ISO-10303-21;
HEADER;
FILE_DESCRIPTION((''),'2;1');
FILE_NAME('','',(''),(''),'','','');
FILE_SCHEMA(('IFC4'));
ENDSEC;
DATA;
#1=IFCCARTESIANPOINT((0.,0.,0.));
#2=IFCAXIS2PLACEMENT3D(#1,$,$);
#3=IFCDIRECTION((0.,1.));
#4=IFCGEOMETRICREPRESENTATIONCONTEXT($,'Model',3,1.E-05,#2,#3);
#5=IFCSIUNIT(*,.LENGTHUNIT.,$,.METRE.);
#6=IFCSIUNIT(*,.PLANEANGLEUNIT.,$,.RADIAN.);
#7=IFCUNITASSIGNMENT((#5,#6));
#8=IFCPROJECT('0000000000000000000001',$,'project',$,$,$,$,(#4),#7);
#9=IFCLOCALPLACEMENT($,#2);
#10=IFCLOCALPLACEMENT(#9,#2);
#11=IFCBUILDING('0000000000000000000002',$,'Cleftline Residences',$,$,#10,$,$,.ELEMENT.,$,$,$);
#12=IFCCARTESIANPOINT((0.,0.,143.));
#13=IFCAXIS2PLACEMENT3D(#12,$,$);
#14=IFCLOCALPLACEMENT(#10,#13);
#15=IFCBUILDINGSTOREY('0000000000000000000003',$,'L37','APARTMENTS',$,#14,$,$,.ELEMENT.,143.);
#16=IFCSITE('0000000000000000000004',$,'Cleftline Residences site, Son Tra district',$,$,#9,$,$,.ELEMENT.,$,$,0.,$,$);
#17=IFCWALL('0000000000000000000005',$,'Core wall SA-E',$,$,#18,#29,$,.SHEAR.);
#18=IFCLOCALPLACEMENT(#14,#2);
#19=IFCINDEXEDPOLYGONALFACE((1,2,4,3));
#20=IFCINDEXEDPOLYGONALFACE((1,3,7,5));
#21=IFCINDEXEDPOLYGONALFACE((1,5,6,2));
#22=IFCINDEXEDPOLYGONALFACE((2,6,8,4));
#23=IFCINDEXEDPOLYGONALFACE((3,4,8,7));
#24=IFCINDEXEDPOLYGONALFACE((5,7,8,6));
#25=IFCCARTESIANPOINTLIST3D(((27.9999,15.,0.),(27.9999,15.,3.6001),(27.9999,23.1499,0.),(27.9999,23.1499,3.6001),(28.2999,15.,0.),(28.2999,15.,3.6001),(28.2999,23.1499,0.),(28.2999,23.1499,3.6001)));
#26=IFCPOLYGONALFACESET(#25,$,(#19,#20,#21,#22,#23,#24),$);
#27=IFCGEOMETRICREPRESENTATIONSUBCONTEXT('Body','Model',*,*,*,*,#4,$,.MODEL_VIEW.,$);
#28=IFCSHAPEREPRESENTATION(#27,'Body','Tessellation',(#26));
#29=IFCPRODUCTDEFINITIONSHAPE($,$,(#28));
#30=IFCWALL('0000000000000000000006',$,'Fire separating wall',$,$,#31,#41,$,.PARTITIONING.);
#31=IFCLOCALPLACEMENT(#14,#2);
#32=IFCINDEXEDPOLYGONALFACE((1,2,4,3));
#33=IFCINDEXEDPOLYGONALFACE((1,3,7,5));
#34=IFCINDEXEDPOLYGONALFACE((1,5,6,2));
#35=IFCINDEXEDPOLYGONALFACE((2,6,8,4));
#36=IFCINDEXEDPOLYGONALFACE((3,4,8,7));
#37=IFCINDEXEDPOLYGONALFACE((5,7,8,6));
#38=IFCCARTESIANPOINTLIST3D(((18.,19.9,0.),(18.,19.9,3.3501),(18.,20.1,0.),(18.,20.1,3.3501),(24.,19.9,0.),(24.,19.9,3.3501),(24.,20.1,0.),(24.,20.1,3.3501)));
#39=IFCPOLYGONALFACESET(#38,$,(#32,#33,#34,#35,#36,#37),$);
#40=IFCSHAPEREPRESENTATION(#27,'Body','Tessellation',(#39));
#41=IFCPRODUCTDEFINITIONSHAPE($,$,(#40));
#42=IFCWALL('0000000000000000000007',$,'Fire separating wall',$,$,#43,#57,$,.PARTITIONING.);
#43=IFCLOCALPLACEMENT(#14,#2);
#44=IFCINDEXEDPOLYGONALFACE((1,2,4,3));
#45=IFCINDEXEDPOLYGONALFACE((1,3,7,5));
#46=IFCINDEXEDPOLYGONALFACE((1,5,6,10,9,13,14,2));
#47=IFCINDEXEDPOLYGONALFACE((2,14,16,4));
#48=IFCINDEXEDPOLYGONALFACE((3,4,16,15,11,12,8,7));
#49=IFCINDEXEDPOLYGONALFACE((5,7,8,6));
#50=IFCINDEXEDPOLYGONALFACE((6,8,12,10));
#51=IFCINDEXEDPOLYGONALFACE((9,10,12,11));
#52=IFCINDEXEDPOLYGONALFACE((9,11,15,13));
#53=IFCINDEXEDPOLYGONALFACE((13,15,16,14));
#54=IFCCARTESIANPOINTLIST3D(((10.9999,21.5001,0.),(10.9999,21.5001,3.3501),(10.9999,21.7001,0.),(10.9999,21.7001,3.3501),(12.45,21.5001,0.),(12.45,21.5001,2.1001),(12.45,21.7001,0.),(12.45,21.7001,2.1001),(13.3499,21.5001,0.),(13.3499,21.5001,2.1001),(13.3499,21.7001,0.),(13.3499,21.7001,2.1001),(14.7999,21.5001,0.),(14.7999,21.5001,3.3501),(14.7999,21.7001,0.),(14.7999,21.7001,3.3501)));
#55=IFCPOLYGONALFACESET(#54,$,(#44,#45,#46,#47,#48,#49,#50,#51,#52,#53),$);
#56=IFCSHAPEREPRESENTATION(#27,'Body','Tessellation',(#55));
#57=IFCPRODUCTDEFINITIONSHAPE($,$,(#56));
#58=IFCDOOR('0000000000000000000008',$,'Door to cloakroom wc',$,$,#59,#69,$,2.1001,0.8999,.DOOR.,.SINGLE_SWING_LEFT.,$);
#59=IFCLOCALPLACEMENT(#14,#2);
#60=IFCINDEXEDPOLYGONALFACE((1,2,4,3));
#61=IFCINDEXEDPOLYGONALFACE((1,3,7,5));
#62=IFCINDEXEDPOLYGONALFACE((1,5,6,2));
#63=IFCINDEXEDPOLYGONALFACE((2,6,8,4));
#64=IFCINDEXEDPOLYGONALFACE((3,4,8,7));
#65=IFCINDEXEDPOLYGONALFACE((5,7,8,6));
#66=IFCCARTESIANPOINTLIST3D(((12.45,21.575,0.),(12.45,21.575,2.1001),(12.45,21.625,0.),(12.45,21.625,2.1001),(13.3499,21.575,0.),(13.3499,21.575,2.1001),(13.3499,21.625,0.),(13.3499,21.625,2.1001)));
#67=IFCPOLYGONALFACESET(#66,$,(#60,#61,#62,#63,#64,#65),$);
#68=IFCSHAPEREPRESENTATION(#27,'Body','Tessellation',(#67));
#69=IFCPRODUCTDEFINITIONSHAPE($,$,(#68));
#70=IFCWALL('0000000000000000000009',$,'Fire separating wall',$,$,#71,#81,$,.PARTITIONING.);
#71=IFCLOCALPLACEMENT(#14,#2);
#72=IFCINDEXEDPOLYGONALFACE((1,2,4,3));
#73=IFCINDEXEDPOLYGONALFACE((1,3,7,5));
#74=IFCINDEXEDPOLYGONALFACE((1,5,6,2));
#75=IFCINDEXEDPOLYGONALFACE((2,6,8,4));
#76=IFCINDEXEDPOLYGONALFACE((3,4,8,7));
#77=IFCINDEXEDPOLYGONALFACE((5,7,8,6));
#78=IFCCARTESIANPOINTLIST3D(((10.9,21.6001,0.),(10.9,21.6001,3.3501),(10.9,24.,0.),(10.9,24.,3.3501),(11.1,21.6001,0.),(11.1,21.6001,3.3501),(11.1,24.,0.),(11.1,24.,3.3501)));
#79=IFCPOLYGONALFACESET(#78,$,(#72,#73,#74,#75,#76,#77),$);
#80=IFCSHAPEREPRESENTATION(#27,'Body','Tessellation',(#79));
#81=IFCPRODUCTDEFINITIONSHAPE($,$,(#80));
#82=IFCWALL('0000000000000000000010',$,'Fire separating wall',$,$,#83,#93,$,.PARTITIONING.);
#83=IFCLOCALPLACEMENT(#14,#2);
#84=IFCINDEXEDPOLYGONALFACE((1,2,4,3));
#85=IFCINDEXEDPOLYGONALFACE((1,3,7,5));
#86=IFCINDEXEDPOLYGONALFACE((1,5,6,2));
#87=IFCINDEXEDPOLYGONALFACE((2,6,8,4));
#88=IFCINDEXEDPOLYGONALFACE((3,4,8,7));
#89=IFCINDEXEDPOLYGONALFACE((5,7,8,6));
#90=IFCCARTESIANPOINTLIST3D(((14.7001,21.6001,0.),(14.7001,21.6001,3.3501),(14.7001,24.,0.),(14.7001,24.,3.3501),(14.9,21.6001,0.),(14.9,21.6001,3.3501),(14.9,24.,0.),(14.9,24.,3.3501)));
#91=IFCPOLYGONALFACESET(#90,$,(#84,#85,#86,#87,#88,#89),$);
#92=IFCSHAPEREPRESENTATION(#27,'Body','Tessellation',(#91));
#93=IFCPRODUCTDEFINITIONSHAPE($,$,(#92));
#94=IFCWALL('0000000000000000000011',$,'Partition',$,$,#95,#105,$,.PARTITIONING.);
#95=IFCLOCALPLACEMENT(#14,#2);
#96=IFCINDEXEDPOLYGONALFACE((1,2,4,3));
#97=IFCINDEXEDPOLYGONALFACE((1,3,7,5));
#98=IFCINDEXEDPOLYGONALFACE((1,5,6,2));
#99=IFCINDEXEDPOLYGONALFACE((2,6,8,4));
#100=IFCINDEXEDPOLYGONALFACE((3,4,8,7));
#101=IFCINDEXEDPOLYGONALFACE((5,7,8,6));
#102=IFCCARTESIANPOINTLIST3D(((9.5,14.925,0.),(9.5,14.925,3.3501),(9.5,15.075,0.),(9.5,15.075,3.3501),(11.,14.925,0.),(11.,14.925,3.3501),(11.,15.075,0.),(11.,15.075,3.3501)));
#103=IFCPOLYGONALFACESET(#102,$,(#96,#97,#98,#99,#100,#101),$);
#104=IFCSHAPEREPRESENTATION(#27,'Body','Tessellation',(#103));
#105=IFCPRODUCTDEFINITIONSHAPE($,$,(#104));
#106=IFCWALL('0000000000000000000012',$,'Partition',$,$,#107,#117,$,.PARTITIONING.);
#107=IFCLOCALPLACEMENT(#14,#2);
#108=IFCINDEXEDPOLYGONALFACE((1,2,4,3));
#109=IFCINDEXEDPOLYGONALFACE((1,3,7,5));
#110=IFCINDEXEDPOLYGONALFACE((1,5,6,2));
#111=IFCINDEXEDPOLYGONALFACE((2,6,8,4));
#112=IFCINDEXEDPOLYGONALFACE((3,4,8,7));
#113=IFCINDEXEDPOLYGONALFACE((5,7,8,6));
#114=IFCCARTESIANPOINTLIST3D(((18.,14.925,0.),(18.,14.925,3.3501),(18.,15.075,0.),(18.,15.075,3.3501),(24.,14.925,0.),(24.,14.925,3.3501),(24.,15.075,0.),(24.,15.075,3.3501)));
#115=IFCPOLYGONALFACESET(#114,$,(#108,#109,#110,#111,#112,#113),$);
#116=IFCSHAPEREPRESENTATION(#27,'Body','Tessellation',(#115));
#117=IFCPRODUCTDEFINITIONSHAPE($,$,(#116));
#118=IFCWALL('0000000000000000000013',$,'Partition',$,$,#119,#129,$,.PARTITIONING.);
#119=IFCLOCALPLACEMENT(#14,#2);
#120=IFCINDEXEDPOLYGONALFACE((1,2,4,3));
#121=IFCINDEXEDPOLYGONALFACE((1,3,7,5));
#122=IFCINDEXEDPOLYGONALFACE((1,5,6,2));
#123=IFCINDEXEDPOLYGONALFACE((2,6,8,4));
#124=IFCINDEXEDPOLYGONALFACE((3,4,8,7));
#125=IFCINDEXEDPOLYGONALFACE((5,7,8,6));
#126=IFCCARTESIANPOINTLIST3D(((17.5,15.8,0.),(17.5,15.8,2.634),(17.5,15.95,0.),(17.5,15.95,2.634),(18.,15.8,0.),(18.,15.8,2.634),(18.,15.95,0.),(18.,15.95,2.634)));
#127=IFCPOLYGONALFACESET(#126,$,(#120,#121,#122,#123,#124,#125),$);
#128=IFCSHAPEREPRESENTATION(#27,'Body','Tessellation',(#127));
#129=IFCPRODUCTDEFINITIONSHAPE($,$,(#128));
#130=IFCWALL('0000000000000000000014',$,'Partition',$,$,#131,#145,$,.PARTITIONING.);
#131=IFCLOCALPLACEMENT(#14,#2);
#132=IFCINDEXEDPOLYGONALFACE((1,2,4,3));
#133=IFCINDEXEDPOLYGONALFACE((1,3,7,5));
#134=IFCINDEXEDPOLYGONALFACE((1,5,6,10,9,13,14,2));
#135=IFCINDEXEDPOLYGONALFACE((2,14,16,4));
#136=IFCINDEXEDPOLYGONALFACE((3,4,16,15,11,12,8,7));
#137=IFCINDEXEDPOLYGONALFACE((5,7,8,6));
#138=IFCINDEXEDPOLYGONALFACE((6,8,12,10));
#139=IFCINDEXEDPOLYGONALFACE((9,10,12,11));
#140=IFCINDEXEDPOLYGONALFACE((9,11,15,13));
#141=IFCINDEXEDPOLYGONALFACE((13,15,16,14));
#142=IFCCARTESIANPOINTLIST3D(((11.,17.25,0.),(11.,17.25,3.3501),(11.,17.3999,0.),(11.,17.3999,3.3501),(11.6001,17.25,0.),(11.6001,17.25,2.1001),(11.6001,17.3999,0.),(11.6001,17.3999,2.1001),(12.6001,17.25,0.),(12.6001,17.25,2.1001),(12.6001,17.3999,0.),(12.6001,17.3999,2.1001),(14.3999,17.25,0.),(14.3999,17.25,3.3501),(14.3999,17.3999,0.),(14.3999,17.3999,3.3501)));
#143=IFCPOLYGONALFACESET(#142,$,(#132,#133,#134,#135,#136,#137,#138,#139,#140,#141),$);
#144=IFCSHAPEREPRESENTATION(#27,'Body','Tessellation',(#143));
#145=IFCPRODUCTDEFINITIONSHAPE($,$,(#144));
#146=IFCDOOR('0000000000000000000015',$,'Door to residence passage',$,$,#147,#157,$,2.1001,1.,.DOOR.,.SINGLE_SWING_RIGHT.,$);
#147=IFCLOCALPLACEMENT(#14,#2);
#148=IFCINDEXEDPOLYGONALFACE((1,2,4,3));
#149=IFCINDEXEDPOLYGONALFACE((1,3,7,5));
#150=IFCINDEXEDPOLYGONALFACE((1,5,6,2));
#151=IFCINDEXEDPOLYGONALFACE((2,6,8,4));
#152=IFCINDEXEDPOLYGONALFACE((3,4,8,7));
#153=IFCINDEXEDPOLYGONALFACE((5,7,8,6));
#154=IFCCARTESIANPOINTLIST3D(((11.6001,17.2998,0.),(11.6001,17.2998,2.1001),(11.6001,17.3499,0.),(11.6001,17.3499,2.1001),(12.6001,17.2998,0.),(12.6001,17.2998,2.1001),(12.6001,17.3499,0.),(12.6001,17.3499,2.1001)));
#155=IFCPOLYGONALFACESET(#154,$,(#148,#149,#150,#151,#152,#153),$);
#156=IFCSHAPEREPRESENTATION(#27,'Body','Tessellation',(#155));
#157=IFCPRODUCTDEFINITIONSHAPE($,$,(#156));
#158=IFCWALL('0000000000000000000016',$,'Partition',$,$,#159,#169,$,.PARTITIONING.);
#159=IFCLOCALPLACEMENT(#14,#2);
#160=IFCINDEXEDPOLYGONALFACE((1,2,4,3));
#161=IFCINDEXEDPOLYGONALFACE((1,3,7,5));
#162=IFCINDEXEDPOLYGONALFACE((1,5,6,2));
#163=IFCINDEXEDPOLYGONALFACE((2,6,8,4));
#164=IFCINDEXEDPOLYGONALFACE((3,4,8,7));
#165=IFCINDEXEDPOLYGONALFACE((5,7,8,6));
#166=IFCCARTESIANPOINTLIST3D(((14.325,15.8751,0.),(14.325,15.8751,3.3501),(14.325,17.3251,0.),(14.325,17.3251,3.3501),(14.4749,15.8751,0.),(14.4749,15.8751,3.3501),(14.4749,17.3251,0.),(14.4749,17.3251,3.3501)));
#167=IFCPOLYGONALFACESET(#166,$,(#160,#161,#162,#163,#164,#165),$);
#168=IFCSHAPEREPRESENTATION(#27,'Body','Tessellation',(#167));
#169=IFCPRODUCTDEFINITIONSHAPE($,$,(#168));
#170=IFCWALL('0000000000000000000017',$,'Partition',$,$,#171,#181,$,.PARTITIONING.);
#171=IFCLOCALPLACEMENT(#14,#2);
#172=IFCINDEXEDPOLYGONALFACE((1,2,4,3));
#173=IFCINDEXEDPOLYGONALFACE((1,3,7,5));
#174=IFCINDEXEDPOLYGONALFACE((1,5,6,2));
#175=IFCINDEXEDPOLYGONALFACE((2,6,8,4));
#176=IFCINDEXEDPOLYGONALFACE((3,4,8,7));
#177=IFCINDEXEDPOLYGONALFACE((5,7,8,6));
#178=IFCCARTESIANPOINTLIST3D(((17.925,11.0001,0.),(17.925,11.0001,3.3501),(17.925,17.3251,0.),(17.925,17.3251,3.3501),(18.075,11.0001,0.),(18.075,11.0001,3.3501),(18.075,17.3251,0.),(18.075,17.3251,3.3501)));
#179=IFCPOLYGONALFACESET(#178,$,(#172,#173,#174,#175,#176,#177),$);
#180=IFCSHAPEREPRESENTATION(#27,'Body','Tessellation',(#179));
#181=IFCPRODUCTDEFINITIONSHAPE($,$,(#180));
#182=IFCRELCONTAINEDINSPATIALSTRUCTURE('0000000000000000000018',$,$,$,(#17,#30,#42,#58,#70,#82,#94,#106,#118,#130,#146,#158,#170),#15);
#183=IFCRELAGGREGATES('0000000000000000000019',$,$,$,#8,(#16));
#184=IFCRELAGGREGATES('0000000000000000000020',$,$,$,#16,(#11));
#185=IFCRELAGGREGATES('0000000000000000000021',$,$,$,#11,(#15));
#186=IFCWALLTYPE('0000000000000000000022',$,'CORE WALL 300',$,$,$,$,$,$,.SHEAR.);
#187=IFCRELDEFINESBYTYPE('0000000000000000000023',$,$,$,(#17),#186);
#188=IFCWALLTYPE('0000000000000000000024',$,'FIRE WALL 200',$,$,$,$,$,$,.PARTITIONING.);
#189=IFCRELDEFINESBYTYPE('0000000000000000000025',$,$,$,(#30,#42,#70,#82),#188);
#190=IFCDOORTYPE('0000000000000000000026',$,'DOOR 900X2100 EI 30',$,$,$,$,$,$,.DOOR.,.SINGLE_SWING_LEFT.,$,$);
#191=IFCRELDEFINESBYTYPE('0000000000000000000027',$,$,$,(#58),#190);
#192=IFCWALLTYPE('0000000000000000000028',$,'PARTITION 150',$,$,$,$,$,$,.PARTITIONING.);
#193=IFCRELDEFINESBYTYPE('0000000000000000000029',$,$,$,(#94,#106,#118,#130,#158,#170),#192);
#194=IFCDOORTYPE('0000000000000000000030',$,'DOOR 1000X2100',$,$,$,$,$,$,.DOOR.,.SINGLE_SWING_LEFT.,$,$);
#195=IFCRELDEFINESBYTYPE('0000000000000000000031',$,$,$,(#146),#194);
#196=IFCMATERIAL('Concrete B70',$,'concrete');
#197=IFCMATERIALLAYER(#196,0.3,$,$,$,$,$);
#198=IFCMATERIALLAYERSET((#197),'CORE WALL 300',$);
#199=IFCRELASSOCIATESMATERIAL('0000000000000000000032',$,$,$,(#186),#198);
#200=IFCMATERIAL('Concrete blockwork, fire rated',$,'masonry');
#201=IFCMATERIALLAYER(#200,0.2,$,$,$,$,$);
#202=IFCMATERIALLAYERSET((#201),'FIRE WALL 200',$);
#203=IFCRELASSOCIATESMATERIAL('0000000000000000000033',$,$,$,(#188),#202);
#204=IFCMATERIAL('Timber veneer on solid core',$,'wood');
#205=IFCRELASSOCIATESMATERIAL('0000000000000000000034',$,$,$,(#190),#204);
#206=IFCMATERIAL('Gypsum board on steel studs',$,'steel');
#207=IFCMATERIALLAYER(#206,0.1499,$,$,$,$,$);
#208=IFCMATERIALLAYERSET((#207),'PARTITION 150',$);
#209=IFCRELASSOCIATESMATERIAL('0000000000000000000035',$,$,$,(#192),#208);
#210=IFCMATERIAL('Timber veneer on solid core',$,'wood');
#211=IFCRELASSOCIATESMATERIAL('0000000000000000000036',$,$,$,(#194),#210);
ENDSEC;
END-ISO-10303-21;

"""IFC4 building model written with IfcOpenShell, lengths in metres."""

from ifc_helpers import new_model, si_unit, direction, frame, frame_2d, origin, place, context, subcontext, project, spatial, rectangle, extrude, material, layer, layer_set, type_object, element, fill, save


model = new_model("IFC4")

# Units and contexts
model_context = context("Model", 3, precision=1e-05, world=origin(), true_north=direction((0.0, 1.0)))
body_context = subcontext(model_context, "Body", "Model", "MODEL_VIEW")
ifc_project = project(units=[si_unit("LENGTHUNIT", "METRE"), si_unit("PLANEANGLEUNIT", "RADIAN")], contexts=[model_context])

# Site, building, storey
site_placement = place(None, origin())
site = spatial("IfcSite", under=ifc_project, at=site_placement, Name="Cleftline Residences site, Son Tra district", CompositionType="ELEMENT", RefElevation=0.0)
building_placement = place(site_placement, origin())
building = spatial("IfcBuilding", under=site, at=building_placement, Name="Cleftline Residences", CompositionType="ELEMENT")
storey_placement = place(building_placement, frame((0.0, 0.0, 143.0)))
storey = spatial("IfcBuildingStorey", under=building, at=storey_placement, Name="L37", Description="APARTMENTS", CompositionType="ELEMENT", Elevation=143.0)

# Walls
ifc_material_1 = material(Name="Concrete B70", Category="concrete")
ifc_layer_1 = layer(ifc_material_1, 0.3)
ifc_layer_set_1 = layer_set([ifc_layer_1], Name="CORE WALL 300")
wall_type_1 = type_object("IfcWallType", Name="CORE WALL 300", PredefinedType="SHEAR", material=ifc_layer_set_1)
wall_1_placement = place(storey_placement, frame((28.1499, 15.0, 0.0), z_axis=(0.0, 0.0, 1.0), x_axis=(0.0, 1.0, 0.0)))
element("IfcWall", 1, at=wall_1_placement, inside=storey, type_object=wall_type_1, Name="Core wall SA-E", PredefinedType="SHEAR", context=body_context, shape_type="SweptSolid", body=[
    extrude(rectangle(XDim=8.1499, YDim=0.3, at=frame_2d((4.075, 0.0))), origin(), (0.0, 0.0, 1.0), 3.6001),
])
ifc_material_2 = material(Name="Concrete blockwork, fire rated", Category="masonry")
ifc_layer_2 = layer(ifc_material_2, 0.2)
ifc_layer_set_2 = layer_set([ifc_layer_2], Name="FIRE WALL 200")
wall_type_2 = type_object("IfcWallType", Name="FIRE WALL 200", PredefinedType="PARTITIONING", material=ifc_layer_set_2)
wall_2_placement = place(storey_placement, frame((18.0, 20.0, 0.0), z_axis=(0.0, 0.0, 1.0), x_axis=(1.0, 0.0, 0.0)))
element("IfcWall", 2, at=wall_2_placement, inside=storey, type_object=wall_type_2, Name="Fire separating wall", PredefinedType="PARTITIONING", context=body_context, shape_type="SweptSolid", body=[
    extrude(rectangle(XDim=6.0, YDim=0.2, at=frame_2d((3.0, 0.0))), origin(), (0.0, 0.0, 1.0), 3.3501),
])

# Wall, opening, door
wall_3_placement = place(storey_placement, frame((11.0, 21.6001, 0.0), z_axis=(0.0, 0.0, 1.0), x_axis=(1.0, 0.0, 0.0)))
wall_3 = element("IfcWall", 3, at=wall_3_placement, inside=storey, type_object=wall_type_2, Name="Fire separating wall", PredefinedType="PARTITIONING", context=body_context, shape_type="SweptSolid", body=[
    extrude(rectangle(XDim=3.8, YDim=0.2, at=frame_2d((1.8999, 0.0))), origin(), (0.0, 0.0, 1.0), 3.3501),
])
opening_1_placement = place(wall_3_placement, frame((1.45, 0.0, 0.0)))
opening_1 = element("IfcOpeningElement", 4, at=opening_1_placement, cuts=wall_3, PredefinedType="OPENING", context=body_context, shape_type="SweptSolid", body=[
    extrude(rectangle(XDim=0.8999, YDim=2.1001, at=frame_2d((0.45, 1.05))), frame((0.0, 0.1099, 0.0), z_axis=(0.0, -1.0, 0.0), x_axis=(1.0, 0.0, 0.0)), (0.0, 0.0, 1.0), 0.22),
])
ifc_material_3 = material(Name="Timber veneer on solid core", Category="wood")
door_type_1 = type_object("IfcDoorType", Name="DOOR 900X2100 EI 30", OperationType="SINGLE_SWING_LEFT", PredefinedType="DOOR", material=ifc_material_3)
door_1_placement = place(opening_1_placement, origin())
door_1 = element("IfcDoor", 5, at=door_1_placement, inside=storey, type_object=door_type_1, Name="Door to cloakroom wc", OperationType="SINGLE_SWING_LEFT", OverallHeight=2.1001, OverallWidth=0.8999, PredefinedType="DOOR", context=body_context, shape_type="SweptSolid", body=[
    extrude(rectangle(XDim=0.8999, YDim=2.1001, at=frame_2d((0.45, 1.05))), frame((0.0, 0.0249, 0.0), z_axis=(0.0, -1.0, 0.0), x_axis=(1.0, 0.0, 0.0)), (0.0, 0.0, 1.0), 0.05),
])
fill(opening_1, door_1)

# Walls
for number, where, z_axis, x_axis, name in (
    (6, (11.0, 21.6001, 0.0), (0.0, 0.0, 1.0), (0.0, 1.0, 0.0), "Fire separating wall"),
    (7, (14.8, 21.6001, 0.0), (0.0, 0.0, 1.0), (0.0, 1.0, 0.0), "Fire separating wall"),
):
    element("IfcWall", number, at=place(storey_placement, frame(where, z_axis=z_axis, x_axis=x_axis)), inside=storey, type_object=wall_type_2, Name=name, PredefinedType="PARTITIONING", context=body_context, shape_type="SweptSolid", body=[
        extrude(rectangle(XDim=2.3999, YDim=0.2, at=frame_2d((1.2, 0.0))), origin(), (0.0, 0.0, 1.0), 3.3501),
    ])

# Walls
ifc_material_4 = material(Name="Gypsum board on steel studs", Category="steel")
ifc_layer_3 = layer(ifc_material_4, 0.1499)
ifc_layer_set_3 = layer_set([ifc_layer_3], Name="PARTITION 150")
wall_type_3 = type_object("IfcWallType", Name="PARTITION 150", PredefinedType="PARTITIONING", material=ifc_layer_set_3)
wall_4_placement = place(storey_placement, frame((9.5, 15.0, 0.0), z_axis=(0.0, 0.0, 1.0), x_axis=(1.0, 0.0, 0.0)))
element("IfcWall", 8, at=wall_4_placement, inside=storey, type_object=wall_type_3, Name="Partition", PredefinedType="PARTITIONING", context=body_context, shape_type="SweptSolid", body=[
    extrude(rectangle(XDim=1.5, YDim=0.1499, at=frame_2d((0.75, 0.0))), origin(), (0.0, 0.0, 1.0), 3.3501),
])
wall_5_placement = place(storey_placement, frame((18.0, 15.0, 0.0), z_axis=(0.0, 0.0, 1.0), x_axis=(1.0, 0.0, 0.0)))
element("IfcWall", 9, at=wall_5_placement, inside=storey, type_object=wall_type_3, Name="Partition", PredefinedType="PARTITIONING", context=body_context, shape_type="SweptSolid", body=[
    extrude(rectangle(XDim=6.0, YDim=0.1499, at=frame_2d((3.0, 0.0))), origin(), (0.0, 0.0, 1.0), 3.3501),
])
wall_6_placement = place(storey_placement, frame((17.5, 15.875, 0.0), z_axis=(0.0, 0.0, 1.0), x_axis=(1.0, 0.0, 0.0)))
element("IfcWall", 10, at=wall_6_placement, inside=storey, type_object=wall_type_3, Name="Partition", PredefinedType="PARTITIONING", context=body_context, shape_type="SweptSolid", body=[
    extrude(rectangle(XDim=0.5, YDim=0.1499, at=frame_2d((0.25, 0.0))), origin(), (0.0, 0.0, 1.0), 2.634),
])

# Wall, opening, door
wall_7_placement = place(storey_placement, frame((11.0, 17.325, 0.0), z_axis=(0.0, 0.0, 1.0), x_axis=(1.0, 0.0, 0.0)))
wall_7 = element("IfcWall", 11, at=wall_7_placement, inside=storey, type_object=wall_type_3, Name="Partition", PredefinedType="PARTITIONING", context=body_context, shape_type="SweptSolid", body=[
    extrude(rectangle(XDim=3.3999, YDim=0.1499, at=frame_2d((1.7, 0.0))), origin(), (0.0, 0.0, 1.0), 3.3501),
])
opening_2_placement = place(wall_7_placement, frame((0.6001, 0.0, 0.0)))
opening_2 = element("IfcOpeningElement", 12, at=opening_2_placement, cuts=wall_7, PredefinedType="OPENING", context=body_context, shape_type="SweptSolid", body=[
    extrude(rectangle(XDim=1.0, YDim=2.1001, at=frame_2d((0.5, 1.05))), frame((0.0, 0.085, 0.0), z_axis=(0.0, -1.0, 0.0), x_axis=(1.0, 0.0, 0.0)), (0.0, 0.0, 1.0), 0.1699),
])
ifc_material_5 = material(Name="Timber veneer on solid core", Category="wood")
door_type_2 = type_object("IfcDoorType", Name="DOOR 1000X2100", OperationType="SINGLE_SWING_LEFT", PredefinedType="DOOR", material=ifc_material_5)
door_2_placement = place(opening_2_placement, origin())
door_2 = element("IfcDoor", 13, at=door_2_placement, inside=storey, type_object=door_type_2, Name="Door to residence passage", OperationType="SINGLE_SWING_RIGHT", OverallHeight=2.1001, OverallWidth=1.0, PredefinedType="DOOR", context=body_context, shape_type="SweptSolid", body=[
    extrude(rectangle(XDim=1.0, YDim=2.1001, at=frame_2d((0.5, 1.05))), frame((0.0, 0.0249, 0.0), z_axis=(0.0, -1.0, 0.0), x_axis=(1.0, 0.0, 0.0)), (0.0, 0.0, 1.0), 0.05),
])
fill(opening_2, door_2)

# Walls
wall_8_placement = place(storey_placement, frame((14.3999, 15.875, 0.0), z_axis=(0.0, 0.0, 1.0), x_axis=(0.0, 1.0, 0.0)))
element("IfcWall", 14, at=wall_8_placement, inside=storey, type_object=wall_type_3, Name="Partition", PredefinedType="PARTITIONING", context=body_context, shape_type="SweptSolid", body=[
    extrude(rectangle(XDim=1.45, YDim=0.1499, at=frame_2d((0.7251, 0.0))), origin(), (0.0, 0.0, 1.0), 3.3501),
])
wall_9_placement = place(storey_placement, frame((18.0, 11.0, 0.0), z_axis=(0.0, 0.0, 1.0), x_axis=(0.0, 1.0, 0.0)))
element("IfcWall", 15, at=wall_9_placement, inside=storey, type_object=wall_type_3, Name="Partition", PredefinedType="PARTITIONING", context=body_context, shape_type="SweptSolid", body=[
    extrude(rectangle(XDim=6.325, YDim=0.1499, at=frame_2d((3.1626, 0.0))), origin(), (0.0, 0.0, 1.0), 3.3501),
])

save(model, "model.ifc")
